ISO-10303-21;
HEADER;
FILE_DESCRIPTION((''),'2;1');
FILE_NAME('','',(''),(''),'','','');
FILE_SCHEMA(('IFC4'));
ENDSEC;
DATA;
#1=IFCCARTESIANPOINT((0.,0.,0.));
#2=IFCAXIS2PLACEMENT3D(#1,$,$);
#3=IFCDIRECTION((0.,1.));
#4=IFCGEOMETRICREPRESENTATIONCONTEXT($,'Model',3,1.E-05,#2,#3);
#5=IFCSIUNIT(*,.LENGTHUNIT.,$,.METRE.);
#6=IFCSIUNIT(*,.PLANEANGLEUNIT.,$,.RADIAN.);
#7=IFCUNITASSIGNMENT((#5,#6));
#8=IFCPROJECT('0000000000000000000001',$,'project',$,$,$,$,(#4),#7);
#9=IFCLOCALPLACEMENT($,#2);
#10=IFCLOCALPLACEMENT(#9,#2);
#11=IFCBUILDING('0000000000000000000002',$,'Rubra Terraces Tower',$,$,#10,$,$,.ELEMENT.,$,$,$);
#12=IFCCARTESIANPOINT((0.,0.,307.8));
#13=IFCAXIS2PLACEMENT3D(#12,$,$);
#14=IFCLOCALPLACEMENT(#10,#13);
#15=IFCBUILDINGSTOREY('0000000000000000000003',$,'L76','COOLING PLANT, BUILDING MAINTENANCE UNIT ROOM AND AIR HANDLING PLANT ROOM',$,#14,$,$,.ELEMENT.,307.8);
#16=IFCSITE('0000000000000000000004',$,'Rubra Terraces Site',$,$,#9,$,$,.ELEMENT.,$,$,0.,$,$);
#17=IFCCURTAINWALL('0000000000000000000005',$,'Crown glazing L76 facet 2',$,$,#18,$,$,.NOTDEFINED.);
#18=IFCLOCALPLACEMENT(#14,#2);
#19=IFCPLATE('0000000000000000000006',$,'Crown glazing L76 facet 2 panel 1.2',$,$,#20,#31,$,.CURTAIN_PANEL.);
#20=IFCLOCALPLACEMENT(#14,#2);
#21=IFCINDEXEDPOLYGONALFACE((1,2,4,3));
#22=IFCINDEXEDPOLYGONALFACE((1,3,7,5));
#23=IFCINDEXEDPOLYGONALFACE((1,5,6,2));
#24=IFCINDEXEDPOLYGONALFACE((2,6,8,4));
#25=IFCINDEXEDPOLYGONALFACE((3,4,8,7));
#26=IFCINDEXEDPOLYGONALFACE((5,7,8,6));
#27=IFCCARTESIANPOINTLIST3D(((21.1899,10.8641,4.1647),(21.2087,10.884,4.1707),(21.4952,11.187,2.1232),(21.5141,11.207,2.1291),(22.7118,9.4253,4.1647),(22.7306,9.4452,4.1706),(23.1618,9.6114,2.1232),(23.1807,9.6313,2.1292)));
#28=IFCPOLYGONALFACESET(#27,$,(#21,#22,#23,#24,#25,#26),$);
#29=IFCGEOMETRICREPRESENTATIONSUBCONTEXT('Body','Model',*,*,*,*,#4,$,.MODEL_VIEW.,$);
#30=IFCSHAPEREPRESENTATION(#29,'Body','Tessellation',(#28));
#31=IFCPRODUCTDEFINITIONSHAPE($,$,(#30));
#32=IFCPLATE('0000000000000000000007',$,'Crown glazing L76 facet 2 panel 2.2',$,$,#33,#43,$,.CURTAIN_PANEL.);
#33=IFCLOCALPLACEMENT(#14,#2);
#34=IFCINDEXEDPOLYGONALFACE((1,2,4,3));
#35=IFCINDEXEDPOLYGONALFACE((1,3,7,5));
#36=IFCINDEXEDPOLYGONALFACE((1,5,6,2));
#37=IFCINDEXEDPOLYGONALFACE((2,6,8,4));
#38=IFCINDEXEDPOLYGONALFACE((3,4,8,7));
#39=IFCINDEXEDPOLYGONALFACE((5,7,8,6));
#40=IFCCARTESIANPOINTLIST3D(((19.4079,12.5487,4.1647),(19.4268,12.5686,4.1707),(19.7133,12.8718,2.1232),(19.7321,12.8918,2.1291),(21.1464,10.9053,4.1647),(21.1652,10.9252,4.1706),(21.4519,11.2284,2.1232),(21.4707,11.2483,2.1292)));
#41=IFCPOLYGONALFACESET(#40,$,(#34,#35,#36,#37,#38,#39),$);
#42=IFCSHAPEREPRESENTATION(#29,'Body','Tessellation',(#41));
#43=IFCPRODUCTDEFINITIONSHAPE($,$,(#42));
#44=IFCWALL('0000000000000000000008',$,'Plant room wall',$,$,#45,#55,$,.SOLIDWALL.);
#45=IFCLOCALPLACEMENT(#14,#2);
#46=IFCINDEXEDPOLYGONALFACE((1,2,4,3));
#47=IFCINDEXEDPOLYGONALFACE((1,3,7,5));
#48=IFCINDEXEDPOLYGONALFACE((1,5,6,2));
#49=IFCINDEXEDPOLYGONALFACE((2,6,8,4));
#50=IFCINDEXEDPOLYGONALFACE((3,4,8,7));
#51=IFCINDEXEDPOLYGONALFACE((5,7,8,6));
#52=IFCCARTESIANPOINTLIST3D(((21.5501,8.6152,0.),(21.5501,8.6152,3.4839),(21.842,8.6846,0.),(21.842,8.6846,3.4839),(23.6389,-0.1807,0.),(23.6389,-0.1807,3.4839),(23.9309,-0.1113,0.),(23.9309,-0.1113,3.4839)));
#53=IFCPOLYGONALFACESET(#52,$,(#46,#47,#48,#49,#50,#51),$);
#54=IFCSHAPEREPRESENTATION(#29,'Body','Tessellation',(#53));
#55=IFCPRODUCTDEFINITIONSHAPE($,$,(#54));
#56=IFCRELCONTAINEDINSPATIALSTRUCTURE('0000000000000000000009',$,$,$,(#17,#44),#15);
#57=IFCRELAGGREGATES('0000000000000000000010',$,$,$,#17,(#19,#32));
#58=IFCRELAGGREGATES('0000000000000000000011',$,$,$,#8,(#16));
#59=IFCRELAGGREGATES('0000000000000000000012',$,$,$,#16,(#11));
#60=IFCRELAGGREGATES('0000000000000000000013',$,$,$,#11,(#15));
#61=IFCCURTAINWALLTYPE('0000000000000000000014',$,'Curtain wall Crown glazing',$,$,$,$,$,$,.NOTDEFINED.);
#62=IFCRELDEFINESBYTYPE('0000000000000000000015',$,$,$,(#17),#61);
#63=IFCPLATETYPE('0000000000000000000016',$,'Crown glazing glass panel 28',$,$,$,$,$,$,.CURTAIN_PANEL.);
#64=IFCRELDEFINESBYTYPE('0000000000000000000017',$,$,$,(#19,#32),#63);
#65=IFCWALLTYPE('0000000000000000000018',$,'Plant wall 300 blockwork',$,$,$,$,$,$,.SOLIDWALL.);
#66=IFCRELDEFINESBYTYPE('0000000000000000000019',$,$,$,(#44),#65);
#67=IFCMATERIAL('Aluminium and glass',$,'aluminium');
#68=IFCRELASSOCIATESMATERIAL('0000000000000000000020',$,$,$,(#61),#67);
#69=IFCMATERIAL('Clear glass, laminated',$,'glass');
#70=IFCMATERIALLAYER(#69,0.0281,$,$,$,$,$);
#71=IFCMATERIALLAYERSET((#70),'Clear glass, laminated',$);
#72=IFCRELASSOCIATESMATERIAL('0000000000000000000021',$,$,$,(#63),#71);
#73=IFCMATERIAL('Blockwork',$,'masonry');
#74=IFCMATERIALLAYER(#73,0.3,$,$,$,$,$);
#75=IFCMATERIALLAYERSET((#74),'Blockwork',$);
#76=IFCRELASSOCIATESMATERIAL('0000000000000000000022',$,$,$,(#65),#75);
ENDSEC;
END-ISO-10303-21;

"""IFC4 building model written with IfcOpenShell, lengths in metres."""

from ifc_helpers import new_model, si_unit, direction, frame, frame_2d, origin, place, context, subcontext, project, spatial, polyline, rectangle, outline, extrude, material, layer, layer_set, type_object, element, aggregate, save


model = new_model("IFC4")

# Units and contexts
model_context = context("Model", 3, precision=1e-05, world=origin(), true_north=direction((0.0, 1.0)))
body_context = subcontext(model_context, "Body", "Model", "MODEL_VIEW")
ifc_project = project(units=[si_unit("LENGTHUNIT", "METRE"), si_unit("PLANEANGLEUNIT", "RADIAN")], contexts=[model_context])

# Site, building, storey
site_placement = place(None, origin())
site = spatial("IfcSite", under=ifc_project, at=site_placement, Name="Rubra Terraces Site", CompositionType="ELEMENT", RefElevation=0.0)
building_placement = place(site_placement, origin())
building = spatial("IfcBuilding", under=site, at=building_placement, Name="Rubra Terraces Tower", CompositionType="ELEMENT")
storey_placement = place(building_placement, frame((0.0, 0.0, 307.8)))
storey = spatial("IfcBuildingStorey", under=building, at=storey_placement, Name="L76", Description="COOLING PLANT, BUILDING MAINTENANCE UNIT ROOM AND AIR HANDLING PLANT ROOM", CompositionType="ELEMENT", Elevation=307.8)

# Curtain wall
ifc_material_1 = material(Name="Aluminium and glass", Category="aluminium")
curtain_wall_type = type_object("IfcCurtainWallType", Name="Curtain wall Crown glazing", PredefinedType="NOTDEFINED", material=ifc_material_1)
curtain_wall_1_placement = place(storey_placement, origin())
curtain_wall_1 = element("IfcCurtainWall", 1, at=curtain_wall_1_placement, inside=storey, type_object=curtain_wall_type, Name="Crown glazing L76 facet 2", PredefinedType="NOTDEFINED")

# Plates
ifc_material_2 = material(Name="Clear glass, laminated", Category="glass")
ifc_layer_1 = layer(ifc_material_2, 0.0281)
ifc_layer_set_1 = layer_set([ifc_layer_1], Name="Clear glass, laminated")
plate_type = type_object("IfcPlateType", Name="Crown glazing glass panel 28", PredefinedType="CURTAIN_PANEL", material=ifc_layer_set_1)
plate_1_placement = place(storey_placement, frame((23.1807, 9.6313, 2.1292), z_axis=(0.671271, 0.710035, 0.212708), x_axis=(-0.726663, 0.686994, -0.000011)))
plate_1 = element("IfcPlate", 2, at=plate_1_placement, type_object=plate_type, Name="Crown glazing L76 facet 2 panel 1.2", PredefinedType="CURTAIN_PANEL", context=body_context, shape_type="SweptSolid", body=[
    extrude(outline(polyline([(0.0, 0.0), (2.2935, 0.0), (2.2935, 2.0893), (0.1991, 2.0893), (0.0, 0.0)])), origin(), (0.0, 0.0, -1.0), 0.0281),
])
plate_2_placement = place(storey_placement, frame((21.4707, 11.2483, 2.1292), z_axis=(0.671219, 0.710057, 0.212803), x_axis=(-0.726701, 0.686954, -0.000008)))
plate_2 = element("IfcPlate", 3, at=plate_2_placement, type_object=plate_type, Name="Crown glazing L76 facet 2 panel 2.2", PredefinedType="CURTAIN_PANEL", context=body_context, shape_type="SweptSolid", body=[
    extrude(outline(polyline([(0.0, 0.0), (2.3924, 0.0), (2.3923, 2.0894), (0.0, 2.0893), (0.0, 0.0)])), origin(), (0.0, 0.0, -1.0), 0.0281),
])
aggregate(curtain_wall_1, [plate_1, plate_2])

# Wall
ifc_material_3 = material(Name="Blockwork", Category="masonry")
ifc_layer_2 = layer(ifc_material_3, 0.3)
ifc_layer_set_2 = layer_set([ifc_layer_2], Name="Blockwork")
wall_type = type_object("IfcWallType", Name="Plant wall 300 blockwork", PredefinedType="SOLIDWALL", material=ifc_layer_set_2)
wall_placement = place(storey_placement, frame((21.696, 8.6499, 0.0), z_axis=(0.0, 0.0, 1.0), x_axis=(0.231056, -0.97294, 0.0)))
element("IfcWall", 4, at=wall_placement, inside=storey, type_object=wall_type, Name="Plant room wall", PredefinedType="SOLIDWALL", context=body_context, shape_type="SweptSolid", body=[
    extrude(rectangle(XDim=9.0405, YDim=0.3, at=frame_2d((4.5203, 0.0))), origin(), (0.0, 0.0, 1.0), 3.4839),
])

save(model, "model.ifc")
